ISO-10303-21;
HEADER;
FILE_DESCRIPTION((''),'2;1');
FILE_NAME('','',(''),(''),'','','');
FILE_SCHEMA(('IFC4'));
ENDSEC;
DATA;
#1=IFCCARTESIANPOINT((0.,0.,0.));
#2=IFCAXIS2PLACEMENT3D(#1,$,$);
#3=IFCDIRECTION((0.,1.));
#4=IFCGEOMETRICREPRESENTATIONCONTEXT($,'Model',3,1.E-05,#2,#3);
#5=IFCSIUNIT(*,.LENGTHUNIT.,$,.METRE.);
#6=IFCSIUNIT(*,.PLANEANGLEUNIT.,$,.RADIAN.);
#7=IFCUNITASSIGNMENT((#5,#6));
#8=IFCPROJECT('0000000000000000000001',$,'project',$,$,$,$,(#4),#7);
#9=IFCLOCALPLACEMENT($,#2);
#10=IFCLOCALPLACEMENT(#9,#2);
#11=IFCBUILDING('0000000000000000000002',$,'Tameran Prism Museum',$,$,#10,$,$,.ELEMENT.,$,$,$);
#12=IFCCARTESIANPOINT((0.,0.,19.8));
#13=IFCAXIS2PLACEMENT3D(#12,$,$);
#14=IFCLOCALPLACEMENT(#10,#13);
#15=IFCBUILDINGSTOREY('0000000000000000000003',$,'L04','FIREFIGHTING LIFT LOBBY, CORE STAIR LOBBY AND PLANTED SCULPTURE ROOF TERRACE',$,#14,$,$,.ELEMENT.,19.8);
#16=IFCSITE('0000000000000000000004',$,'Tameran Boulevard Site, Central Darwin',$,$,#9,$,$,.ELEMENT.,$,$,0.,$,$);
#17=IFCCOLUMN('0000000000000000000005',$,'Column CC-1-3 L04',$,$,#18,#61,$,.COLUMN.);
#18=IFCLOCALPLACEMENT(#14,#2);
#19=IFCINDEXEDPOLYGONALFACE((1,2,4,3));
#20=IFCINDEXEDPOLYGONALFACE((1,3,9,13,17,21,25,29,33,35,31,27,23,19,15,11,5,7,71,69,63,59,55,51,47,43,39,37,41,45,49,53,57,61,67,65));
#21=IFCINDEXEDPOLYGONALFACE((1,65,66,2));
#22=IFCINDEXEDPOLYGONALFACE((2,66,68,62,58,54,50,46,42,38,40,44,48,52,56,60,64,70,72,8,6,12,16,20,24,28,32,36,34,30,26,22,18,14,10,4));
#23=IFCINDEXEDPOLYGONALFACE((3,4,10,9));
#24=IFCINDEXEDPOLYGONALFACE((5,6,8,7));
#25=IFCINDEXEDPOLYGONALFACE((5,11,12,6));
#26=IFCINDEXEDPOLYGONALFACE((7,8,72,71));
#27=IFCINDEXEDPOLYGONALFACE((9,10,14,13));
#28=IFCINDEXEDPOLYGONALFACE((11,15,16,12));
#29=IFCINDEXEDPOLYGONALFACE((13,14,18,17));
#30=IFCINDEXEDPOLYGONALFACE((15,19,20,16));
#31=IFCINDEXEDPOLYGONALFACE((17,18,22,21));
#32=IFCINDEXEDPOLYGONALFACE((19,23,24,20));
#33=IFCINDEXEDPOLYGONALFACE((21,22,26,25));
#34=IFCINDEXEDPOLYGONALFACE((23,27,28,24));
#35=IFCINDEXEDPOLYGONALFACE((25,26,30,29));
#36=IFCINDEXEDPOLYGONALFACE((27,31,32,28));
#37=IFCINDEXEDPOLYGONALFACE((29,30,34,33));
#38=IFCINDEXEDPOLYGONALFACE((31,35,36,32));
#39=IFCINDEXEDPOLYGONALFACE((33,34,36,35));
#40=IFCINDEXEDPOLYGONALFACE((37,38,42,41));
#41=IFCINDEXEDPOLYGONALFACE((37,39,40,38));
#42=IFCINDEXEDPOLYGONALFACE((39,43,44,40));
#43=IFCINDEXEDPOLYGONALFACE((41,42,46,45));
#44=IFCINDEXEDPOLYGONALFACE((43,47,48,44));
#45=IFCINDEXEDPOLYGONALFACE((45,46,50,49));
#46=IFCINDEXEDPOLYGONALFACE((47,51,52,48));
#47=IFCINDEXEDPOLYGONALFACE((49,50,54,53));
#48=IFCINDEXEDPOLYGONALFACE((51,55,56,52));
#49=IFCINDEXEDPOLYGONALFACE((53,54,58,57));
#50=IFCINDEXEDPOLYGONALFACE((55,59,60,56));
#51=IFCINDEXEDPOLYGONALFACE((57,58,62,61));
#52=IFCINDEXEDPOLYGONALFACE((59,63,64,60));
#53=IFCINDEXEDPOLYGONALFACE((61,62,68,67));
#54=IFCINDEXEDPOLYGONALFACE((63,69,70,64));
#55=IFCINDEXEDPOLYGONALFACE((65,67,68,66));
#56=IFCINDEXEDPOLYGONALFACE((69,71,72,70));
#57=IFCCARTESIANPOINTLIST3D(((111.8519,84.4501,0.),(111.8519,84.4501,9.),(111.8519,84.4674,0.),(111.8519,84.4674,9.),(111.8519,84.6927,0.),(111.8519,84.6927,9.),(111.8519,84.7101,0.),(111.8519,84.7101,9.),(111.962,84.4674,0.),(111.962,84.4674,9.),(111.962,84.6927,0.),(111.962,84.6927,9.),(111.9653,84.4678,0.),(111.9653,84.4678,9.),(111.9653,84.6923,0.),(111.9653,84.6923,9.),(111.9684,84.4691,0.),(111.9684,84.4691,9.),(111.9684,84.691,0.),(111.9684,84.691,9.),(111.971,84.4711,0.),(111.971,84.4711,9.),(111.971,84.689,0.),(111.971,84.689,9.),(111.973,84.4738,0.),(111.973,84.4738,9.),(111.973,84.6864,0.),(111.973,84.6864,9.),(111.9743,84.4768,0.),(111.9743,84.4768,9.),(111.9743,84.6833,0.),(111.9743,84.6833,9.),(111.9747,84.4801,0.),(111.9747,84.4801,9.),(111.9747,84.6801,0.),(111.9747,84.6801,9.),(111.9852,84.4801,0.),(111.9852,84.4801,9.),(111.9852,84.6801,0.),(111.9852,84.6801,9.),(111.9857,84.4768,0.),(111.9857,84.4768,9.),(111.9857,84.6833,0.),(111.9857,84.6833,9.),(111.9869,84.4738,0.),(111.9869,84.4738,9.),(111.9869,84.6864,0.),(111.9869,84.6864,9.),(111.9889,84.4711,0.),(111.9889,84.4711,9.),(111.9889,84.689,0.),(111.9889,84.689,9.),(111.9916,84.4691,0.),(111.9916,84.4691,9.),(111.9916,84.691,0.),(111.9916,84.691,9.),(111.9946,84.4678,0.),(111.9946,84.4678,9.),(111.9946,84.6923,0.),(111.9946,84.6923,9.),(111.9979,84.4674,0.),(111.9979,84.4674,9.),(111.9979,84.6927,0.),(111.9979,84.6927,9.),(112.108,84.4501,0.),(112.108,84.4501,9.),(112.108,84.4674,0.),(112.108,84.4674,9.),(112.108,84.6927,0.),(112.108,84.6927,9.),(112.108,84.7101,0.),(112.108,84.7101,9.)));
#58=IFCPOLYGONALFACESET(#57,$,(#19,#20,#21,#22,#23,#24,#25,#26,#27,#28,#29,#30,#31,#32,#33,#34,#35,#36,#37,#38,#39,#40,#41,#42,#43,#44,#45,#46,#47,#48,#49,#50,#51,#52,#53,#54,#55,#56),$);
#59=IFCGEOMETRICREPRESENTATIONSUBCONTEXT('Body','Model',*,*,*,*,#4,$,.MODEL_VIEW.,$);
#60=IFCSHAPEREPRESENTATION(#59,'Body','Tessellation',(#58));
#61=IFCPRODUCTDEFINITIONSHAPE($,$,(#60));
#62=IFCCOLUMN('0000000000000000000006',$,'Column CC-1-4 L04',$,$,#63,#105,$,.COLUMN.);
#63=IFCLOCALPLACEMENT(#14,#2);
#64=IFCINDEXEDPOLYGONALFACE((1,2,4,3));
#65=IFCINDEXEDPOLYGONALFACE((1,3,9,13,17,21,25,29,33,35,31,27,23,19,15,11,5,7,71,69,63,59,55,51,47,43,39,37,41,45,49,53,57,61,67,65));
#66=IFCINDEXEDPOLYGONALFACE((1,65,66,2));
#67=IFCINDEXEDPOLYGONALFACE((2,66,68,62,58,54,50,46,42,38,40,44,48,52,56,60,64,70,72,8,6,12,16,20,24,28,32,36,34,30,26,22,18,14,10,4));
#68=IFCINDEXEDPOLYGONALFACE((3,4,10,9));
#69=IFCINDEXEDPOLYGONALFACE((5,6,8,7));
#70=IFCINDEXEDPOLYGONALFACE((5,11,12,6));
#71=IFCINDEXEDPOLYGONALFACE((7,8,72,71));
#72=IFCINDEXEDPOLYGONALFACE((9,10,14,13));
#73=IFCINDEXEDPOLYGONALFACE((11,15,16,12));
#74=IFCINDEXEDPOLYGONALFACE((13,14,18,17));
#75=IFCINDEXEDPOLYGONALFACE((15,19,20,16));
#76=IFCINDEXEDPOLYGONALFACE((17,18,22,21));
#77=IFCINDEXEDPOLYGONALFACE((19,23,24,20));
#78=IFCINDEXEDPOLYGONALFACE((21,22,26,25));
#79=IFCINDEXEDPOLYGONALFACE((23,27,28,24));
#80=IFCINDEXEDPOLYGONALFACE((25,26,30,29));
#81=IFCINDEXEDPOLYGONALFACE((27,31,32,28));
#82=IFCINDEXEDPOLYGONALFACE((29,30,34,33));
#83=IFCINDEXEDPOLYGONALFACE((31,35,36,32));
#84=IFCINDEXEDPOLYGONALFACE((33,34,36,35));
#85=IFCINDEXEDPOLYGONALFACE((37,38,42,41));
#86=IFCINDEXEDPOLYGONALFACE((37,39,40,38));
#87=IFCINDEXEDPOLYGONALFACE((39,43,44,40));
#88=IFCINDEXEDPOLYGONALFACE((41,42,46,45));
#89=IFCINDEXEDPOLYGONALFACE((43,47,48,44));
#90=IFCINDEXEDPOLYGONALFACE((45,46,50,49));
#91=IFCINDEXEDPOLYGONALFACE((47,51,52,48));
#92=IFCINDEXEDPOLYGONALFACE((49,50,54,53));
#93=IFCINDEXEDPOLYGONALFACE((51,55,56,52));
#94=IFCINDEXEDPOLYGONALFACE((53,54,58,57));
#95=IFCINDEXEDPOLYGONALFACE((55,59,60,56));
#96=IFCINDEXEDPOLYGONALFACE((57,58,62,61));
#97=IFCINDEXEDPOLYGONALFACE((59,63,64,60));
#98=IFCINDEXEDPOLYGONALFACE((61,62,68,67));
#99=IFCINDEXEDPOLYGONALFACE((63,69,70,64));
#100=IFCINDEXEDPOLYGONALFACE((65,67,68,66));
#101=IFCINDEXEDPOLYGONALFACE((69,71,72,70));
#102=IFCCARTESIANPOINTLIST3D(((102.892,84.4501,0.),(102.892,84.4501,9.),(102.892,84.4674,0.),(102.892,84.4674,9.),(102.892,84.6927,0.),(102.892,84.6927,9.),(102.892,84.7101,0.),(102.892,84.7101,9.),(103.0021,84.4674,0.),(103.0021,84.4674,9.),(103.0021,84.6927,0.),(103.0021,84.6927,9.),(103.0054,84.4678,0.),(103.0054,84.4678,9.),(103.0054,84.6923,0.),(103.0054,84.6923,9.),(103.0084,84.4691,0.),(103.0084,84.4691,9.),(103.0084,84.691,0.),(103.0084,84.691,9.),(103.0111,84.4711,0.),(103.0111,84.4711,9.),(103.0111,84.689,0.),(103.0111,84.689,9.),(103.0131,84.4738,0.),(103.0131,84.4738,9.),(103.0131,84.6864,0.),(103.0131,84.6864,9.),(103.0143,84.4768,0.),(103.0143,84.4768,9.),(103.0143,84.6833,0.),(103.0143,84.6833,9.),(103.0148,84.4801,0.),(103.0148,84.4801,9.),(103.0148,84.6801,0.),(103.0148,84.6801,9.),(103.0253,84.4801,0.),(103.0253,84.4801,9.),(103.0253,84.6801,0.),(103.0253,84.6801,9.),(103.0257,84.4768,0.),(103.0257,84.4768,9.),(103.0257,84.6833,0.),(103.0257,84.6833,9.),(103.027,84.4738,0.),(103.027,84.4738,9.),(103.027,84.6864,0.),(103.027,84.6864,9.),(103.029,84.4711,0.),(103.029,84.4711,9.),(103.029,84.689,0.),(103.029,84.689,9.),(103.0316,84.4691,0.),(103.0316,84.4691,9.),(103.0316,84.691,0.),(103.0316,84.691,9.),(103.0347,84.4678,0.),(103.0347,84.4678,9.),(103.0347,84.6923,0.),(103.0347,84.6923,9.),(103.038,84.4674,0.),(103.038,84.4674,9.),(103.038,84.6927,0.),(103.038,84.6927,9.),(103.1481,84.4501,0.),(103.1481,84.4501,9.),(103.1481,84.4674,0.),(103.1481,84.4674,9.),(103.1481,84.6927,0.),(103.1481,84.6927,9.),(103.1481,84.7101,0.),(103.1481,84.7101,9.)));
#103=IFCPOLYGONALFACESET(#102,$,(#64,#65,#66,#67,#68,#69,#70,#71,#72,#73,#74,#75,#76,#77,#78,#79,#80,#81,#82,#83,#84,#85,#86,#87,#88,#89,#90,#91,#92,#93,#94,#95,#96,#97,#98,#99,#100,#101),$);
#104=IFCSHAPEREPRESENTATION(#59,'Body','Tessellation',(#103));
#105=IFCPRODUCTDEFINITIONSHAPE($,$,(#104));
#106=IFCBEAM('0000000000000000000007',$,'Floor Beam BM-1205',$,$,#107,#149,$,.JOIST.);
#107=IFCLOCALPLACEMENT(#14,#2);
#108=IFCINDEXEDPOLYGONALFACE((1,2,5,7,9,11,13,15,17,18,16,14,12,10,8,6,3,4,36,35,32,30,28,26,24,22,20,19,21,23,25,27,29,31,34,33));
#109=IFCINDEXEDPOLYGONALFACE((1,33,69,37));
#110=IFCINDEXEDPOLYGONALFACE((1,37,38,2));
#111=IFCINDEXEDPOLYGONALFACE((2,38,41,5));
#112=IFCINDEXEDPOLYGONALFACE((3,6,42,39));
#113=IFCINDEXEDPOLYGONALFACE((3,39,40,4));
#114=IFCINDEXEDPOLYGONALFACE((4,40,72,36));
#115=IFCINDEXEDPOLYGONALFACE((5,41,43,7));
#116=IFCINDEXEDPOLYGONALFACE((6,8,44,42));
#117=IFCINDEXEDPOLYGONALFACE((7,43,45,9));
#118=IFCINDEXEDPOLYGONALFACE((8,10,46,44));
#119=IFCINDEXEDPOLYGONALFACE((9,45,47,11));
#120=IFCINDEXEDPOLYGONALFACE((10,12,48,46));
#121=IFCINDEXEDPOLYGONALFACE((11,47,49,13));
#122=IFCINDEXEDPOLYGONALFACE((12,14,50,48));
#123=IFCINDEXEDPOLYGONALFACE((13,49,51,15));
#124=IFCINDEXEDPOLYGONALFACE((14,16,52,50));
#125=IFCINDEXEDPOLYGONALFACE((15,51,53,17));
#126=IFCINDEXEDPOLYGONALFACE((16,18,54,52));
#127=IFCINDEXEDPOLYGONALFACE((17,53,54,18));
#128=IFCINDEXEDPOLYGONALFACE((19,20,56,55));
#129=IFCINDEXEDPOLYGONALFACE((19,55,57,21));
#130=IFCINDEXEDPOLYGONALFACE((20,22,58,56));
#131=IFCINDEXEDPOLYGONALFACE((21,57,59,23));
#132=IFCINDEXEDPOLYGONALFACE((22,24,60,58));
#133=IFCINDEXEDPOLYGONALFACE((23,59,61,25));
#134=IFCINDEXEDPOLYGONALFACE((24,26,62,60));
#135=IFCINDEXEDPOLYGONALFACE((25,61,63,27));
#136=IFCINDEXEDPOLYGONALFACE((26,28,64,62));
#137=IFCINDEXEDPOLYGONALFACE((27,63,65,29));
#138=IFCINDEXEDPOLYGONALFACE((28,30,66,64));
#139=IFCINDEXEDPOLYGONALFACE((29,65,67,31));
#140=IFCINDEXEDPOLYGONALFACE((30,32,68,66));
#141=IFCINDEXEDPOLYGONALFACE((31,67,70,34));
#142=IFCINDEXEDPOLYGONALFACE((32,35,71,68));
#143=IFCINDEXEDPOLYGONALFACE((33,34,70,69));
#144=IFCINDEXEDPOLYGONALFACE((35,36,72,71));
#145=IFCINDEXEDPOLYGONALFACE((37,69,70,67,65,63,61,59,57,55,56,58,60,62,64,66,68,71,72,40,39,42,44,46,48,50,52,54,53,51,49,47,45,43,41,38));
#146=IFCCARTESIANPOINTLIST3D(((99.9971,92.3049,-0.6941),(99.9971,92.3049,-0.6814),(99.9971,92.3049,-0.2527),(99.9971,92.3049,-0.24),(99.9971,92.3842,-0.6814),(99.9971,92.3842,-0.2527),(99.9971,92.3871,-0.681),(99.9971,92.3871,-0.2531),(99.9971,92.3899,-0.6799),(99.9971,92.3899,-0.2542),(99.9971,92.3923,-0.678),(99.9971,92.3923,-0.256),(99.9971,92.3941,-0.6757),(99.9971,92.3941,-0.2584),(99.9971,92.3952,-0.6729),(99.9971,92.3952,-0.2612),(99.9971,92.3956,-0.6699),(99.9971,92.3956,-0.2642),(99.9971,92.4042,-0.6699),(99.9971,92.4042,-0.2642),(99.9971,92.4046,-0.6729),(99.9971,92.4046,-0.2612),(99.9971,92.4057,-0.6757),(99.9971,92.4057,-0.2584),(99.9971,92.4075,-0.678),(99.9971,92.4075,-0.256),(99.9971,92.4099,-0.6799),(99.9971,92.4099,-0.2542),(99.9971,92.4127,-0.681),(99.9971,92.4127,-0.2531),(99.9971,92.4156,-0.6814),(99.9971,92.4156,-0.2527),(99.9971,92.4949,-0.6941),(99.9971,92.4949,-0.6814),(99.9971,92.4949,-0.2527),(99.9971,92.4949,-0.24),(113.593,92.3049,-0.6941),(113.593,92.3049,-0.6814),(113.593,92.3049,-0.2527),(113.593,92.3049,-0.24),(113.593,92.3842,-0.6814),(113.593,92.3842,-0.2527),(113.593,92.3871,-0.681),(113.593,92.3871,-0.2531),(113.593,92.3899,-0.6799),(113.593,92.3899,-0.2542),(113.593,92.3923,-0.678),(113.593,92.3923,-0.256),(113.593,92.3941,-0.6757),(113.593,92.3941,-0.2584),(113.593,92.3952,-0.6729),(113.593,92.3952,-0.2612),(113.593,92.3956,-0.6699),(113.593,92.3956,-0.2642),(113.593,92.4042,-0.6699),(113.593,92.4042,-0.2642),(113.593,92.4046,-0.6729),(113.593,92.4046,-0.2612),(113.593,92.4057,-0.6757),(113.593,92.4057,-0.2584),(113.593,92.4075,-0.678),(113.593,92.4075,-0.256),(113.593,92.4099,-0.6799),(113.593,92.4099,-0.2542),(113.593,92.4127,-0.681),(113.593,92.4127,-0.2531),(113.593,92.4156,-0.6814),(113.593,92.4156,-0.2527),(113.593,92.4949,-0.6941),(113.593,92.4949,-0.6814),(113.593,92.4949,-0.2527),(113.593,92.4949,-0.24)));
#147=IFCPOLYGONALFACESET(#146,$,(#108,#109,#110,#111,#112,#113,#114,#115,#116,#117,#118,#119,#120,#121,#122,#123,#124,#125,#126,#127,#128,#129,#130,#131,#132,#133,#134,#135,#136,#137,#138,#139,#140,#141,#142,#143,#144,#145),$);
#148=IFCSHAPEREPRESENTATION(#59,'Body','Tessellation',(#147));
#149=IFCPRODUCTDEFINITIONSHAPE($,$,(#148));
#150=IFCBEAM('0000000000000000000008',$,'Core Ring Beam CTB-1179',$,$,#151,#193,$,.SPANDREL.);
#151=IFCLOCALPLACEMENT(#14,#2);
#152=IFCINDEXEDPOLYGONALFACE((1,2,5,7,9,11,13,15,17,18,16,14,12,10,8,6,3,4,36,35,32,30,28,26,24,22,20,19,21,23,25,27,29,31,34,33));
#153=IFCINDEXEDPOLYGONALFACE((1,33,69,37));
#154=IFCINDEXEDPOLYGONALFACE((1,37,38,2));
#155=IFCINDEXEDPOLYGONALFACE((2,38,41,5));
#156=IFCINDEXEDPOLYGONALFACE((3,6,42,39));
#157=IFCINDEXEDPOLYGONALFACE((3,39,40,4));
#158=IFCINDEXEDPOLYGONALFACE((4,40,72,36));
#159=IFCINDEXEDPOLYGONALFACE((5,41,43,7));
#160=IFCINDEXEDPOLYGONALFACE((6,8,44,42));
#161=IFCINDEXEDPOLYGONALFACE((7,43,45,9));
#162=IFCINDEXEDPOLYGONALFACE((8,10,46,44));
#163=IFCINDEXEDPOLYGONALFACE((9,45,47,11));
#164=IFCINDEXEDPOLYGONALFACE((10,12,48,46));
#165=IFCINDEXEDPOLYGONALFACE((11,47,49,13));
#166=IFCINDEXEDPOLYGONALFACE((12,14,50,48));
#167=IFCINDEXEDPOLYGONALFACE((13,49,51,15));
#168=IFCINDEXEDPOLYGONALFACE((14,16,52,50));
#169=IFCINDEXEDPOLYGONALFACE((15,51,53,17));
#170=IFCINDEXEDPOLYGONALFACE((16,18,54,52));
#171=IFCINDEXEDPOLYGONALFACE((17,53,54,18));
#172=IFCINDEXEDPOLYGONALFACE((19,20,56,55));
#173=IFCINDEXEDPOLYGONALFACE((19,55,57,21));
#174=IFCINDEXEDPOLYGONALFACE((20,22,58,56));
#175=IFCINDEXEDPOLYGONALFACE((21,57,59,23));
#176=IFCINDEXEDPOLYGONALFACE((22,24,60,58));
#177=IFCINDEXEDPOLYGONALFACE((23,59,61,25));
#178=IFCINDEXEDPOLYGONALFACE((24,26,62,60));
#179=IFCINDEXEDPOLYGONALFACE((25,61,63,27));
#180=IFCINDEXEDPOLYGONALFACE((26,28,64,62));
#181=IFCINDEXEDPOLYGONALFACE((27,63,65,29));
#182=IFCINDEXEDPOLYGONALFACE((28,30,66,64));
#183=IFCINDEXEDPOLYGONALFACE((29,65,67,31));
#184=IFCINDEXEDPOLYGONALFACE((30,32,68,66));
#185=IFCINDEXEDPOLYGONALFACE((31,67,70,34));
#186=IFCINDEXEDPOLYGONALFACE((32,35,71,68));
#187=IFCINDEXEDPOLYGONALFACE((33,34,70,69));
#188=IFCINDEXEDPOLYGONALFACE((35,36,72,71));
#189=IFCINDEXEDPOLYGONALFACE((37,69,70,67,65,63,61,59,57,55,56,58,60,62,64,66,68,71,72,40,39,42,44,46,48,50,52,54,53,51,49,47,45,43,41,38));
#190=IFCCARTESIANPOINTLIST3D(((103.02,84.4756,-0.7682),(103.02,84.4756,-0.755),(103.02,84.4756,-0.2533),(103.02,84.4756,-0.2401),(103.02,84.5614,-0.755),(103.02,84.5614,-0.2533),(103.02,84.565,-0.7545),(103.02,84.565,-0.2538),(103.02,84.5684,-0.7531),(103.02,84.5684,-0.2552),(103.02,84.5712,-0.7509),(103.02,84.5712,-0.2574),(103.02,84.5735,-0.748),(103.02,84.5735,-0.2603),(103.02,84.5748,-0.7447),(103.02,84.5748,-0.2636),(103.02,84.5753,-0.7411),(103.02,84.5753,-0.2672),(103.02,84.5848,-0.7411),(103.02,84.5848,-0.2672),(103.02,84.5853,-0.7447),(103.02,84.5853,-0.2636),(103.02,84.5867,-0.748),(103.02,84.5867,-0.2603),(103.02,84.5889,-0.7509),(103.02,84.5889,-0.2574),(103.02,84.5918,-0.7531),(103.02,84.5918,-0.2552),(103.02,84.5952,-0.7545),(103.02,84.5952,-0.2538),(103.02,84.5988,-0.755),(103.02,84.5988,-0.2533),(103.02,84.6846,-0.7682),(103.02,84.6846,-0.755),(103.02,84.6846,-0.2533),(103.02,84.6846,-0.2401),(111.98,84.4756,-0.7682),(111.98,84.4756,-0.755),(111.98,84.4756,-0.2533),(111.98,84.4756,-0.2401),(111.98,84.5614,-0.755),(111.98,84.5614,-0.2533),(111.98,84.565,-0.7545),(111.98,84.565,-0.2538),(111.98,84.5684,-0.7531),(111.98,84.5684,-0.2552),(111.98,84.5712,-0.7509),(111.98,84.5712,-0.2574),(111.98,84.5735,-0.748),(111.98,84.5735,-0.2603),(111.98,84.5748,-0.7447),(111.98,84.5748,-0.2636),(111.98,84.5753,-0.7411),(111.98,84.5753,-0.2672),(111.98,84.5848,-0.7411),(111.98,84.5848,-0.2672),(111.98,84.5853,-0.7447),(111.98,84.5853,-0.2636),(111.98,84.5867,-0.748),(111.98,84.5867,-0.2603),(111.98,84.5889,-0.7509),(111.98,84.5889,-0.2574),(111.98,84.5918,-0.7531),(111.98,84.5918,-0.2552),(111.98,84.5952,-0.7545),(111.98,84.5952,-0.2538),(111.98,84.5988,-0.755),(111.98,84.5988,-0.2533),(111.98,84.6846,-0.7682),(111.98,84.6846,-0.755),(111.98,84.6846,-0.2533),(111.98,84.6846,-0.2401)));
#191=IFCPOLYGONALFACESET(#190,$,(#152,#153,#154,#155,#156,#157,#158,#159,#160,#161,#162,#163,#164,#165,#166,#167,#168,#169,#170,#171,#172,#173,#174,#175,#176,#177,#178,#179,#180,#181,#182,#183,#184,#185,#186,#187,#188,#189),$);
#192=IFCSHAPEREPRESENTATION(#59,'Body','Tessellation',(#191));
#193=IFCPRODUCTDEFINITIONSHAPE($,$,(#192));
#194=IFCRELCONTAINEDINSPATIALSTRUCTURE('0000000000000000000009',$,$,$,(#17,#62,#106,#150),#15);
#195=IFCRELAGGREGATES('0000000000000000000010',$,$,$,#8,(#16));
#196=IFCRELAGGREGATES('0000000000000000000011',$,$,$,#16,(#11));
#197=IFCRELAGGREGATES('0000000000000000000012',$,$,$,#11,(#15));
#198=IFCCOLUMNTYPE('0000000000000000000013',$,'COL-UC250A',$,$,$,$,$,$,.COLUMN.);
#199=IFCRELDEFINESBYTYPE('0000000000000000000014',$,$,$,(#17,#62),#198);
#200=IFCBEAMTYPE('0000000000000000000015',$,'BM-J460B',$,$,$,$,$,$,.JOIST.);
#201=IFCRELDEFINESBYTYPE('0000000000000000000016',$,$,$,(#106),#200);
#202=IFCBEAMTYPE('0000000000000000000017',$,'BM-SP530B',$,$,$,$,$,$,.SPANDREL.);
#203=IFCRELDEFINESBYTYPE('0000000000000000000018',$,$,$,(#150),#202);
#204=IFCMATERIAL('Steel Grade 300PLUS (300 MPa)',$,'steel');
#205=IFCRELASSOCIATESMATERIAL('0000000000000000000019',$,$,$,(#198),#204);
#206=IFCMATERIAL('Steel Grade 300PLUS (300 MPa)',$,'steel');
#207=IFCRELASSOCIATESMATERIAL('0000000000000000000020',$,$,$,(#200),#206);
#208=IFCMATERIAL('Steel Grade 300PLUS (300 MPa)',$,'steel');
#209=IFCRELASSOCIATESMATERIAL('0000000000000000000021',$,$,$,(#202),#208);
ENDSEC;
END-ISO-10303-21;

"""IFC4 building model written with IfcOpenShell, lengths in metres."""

from ifc_helpers import new_model, si_unit, direction, frame, origin, origin_2d, place, context, subcontext, project, spatial, i_section, extrude, material, material_profile, profile_set, type_object, element, save


model = new_model("IFC4")

# Units and contexts
model_context = context("Model", 3, precision=1e-05, world=origin(), true_north=direction((0.0, 1.0)))
body_context = subcontext(model_context, "Body", "Model", "MODEL_VIEW")
ifc_project = project(units=[si_unit("LENGTHUNIT", "METRE"), si_unit("PLANEANGLEUNIT", "RADIAN")], contexts=[model_context])

# Site, building, storey
site_placement = place(None, origin())
site = spatial("IfcSite", under=ifc_project, at=site_placement, Name="Tameran Boulevard Site, Central Darwin", CompositionType="ELEMENT", RefElevation=0.0)
building_placement = place(site_placement, origin())
building = spatial("IfcBuilding", under=site, at=building_placement, Name="Tameran Prism Museum", CompositionType="ELEMENT")
storey_placement = place(building_placement, frame((0.0, 0.0, 19.8)))
storey = spatial("IfcBuildingStorey", under=building, at=storey_placement, Name="L04", Description="FIREFIGHTING LIFT LOBBY, CORE STAIR LOBBY AND PLANTED SCULPTURE ROOF TERRACE", CompositionType="ELEMENT", Elevation=19.8)

# Columns
ifc_material_1 = material(Name="Steel Grade 300PLUS (300 MPa)", Category="steel")
ifc_material_profile_1 = material_profile(ifc_material_1, i_section(OverallWidth=0.2561, OverallDepth=0.26, WebThickness=0.0105, FlangeThickness=0.0173, FilletRadius=0.0127, at=origin_2d()))
ifc_profile_set_1 = profile_set([ifc_material_profile_1])
column_type = type_object("IfcColumnType", Name="COL-UC250A", PredefinedType="COLUMN", material=ifc_profile_set_1)
for number, where, z_axis, x_axis, name in (
    (1, (111.98, 84.5801, 0.0), (0.0, 0.0, 1.0), (1.0, 0.0, 0.0), "Column CC-1-3 L04"),
    (2, (103.02, 84.5801, 0.0), (0.0, 0.0, 1.0), (1.0, 0.0, 0.0), "Column CC-1-4 L04"),
):
    element("IfcColumn", number, at=place(storey_placement, frame(where, z_axis=z_axis, x_axis=x_axis)), inside=storey, type_object=column_type, Name=name, PredefinedType="COLUMN", context=body_context, shape_type="SweptSolid", body=[
        extrude(i_section(OverallWidth=0.2561, OverallDepth=0.26, WebThickness=0.0105, FlangeThickness=0.0173, FilletRadius=0.0127, at=origin_2d()), origin(), (0.0, 0.0, 1.0), 9.0),
    ])

# Beams
ifc_material_2 = material(Name="Steel Grade 300PLUS (300 MPa)", Category="steel")
ifc_material_profile_2 = material_profile(ifc_material_2, i_section(OverallWidth=0.1899, OverallDepth=0.4541, WebThickness=0.0085, FlangeThickness=0.0127, FilletRadius=0.0115, at=origin_2d()))
ifc_profile_set_2 = profile_set([ifc_material_profile_2])
beam_type_1 = type_object("IfcBeamType", Name="BM-J460B", PredefinedType="JOIST", material=ifc_profile_set_2)
beam_1_placement = place(storey_placement, frame((99.9971, 92.3999, -0.467), z_axis=(1.0, 0.0, 0.0), x_axis=(0.0, 1.0, 0.0)))
element("IfcBeam", 3, at=beam_1_placement, inside=storey, type_object=beam_type_1, Name="Floor Beam BM-1205", PredefinedType="JOIST", context=body_context, shape_type="SweptSolid", body=[
    extrude(i_section(OverallWidth=0.1899, OverallDepth=0.4541, WebThickness=0.0085, FlangeThickness=0.0127, FilletRadius=0.0115, at=origin_2d()), origin(), (0.0, 0.0, 1.0), 13.5959),
])
ifc_material_3 = material(Name="Steel Grade 300PLUS (300 MPa)", Category="steel")
ifc_material_profile_3 = material_profile(ifc_material_3, i_section(OverallWidth=0.209, OverallDepth=0.5281, WebThickness=0.0095, FlangeThickness=0.0132, FilletRadius=0.0139, at=origin_2d()))
ifc_profile_set_3 = profile_set([ifc_material_profile_3])
beam_type_2 = type_object("IfcBeamType", Name="BM-SP530B", PredefinedType="SPANDREL", material=ifc_profile_set_3)
beam_2_placement = place(storey_placement, frame((111.98, 84.5801, -0.5042), z_axis=(-1.0, 0.0, 0.0), x_axis=(0.0, -1.0, 0.0)))
element("IfcBeam", 4, at=beam_2_placement, inside=storey, type_object=beam_type_2, Name="Core Ring Beam CTB-1179", PredefinedType="SPANDREL", context=body_context, shape_type="SweptSolid", body=[
    extrude(i_section(OverallWidth=0.209, OverallDepth=0.5281, WebThickness=0.0095, FlangeThickness=0.0132, FilletRadius=0.0139, at=origin_2d()), origin(), (0.0, 0.0, 1.0), 8.96),
])

save(model, "model.ifc")
